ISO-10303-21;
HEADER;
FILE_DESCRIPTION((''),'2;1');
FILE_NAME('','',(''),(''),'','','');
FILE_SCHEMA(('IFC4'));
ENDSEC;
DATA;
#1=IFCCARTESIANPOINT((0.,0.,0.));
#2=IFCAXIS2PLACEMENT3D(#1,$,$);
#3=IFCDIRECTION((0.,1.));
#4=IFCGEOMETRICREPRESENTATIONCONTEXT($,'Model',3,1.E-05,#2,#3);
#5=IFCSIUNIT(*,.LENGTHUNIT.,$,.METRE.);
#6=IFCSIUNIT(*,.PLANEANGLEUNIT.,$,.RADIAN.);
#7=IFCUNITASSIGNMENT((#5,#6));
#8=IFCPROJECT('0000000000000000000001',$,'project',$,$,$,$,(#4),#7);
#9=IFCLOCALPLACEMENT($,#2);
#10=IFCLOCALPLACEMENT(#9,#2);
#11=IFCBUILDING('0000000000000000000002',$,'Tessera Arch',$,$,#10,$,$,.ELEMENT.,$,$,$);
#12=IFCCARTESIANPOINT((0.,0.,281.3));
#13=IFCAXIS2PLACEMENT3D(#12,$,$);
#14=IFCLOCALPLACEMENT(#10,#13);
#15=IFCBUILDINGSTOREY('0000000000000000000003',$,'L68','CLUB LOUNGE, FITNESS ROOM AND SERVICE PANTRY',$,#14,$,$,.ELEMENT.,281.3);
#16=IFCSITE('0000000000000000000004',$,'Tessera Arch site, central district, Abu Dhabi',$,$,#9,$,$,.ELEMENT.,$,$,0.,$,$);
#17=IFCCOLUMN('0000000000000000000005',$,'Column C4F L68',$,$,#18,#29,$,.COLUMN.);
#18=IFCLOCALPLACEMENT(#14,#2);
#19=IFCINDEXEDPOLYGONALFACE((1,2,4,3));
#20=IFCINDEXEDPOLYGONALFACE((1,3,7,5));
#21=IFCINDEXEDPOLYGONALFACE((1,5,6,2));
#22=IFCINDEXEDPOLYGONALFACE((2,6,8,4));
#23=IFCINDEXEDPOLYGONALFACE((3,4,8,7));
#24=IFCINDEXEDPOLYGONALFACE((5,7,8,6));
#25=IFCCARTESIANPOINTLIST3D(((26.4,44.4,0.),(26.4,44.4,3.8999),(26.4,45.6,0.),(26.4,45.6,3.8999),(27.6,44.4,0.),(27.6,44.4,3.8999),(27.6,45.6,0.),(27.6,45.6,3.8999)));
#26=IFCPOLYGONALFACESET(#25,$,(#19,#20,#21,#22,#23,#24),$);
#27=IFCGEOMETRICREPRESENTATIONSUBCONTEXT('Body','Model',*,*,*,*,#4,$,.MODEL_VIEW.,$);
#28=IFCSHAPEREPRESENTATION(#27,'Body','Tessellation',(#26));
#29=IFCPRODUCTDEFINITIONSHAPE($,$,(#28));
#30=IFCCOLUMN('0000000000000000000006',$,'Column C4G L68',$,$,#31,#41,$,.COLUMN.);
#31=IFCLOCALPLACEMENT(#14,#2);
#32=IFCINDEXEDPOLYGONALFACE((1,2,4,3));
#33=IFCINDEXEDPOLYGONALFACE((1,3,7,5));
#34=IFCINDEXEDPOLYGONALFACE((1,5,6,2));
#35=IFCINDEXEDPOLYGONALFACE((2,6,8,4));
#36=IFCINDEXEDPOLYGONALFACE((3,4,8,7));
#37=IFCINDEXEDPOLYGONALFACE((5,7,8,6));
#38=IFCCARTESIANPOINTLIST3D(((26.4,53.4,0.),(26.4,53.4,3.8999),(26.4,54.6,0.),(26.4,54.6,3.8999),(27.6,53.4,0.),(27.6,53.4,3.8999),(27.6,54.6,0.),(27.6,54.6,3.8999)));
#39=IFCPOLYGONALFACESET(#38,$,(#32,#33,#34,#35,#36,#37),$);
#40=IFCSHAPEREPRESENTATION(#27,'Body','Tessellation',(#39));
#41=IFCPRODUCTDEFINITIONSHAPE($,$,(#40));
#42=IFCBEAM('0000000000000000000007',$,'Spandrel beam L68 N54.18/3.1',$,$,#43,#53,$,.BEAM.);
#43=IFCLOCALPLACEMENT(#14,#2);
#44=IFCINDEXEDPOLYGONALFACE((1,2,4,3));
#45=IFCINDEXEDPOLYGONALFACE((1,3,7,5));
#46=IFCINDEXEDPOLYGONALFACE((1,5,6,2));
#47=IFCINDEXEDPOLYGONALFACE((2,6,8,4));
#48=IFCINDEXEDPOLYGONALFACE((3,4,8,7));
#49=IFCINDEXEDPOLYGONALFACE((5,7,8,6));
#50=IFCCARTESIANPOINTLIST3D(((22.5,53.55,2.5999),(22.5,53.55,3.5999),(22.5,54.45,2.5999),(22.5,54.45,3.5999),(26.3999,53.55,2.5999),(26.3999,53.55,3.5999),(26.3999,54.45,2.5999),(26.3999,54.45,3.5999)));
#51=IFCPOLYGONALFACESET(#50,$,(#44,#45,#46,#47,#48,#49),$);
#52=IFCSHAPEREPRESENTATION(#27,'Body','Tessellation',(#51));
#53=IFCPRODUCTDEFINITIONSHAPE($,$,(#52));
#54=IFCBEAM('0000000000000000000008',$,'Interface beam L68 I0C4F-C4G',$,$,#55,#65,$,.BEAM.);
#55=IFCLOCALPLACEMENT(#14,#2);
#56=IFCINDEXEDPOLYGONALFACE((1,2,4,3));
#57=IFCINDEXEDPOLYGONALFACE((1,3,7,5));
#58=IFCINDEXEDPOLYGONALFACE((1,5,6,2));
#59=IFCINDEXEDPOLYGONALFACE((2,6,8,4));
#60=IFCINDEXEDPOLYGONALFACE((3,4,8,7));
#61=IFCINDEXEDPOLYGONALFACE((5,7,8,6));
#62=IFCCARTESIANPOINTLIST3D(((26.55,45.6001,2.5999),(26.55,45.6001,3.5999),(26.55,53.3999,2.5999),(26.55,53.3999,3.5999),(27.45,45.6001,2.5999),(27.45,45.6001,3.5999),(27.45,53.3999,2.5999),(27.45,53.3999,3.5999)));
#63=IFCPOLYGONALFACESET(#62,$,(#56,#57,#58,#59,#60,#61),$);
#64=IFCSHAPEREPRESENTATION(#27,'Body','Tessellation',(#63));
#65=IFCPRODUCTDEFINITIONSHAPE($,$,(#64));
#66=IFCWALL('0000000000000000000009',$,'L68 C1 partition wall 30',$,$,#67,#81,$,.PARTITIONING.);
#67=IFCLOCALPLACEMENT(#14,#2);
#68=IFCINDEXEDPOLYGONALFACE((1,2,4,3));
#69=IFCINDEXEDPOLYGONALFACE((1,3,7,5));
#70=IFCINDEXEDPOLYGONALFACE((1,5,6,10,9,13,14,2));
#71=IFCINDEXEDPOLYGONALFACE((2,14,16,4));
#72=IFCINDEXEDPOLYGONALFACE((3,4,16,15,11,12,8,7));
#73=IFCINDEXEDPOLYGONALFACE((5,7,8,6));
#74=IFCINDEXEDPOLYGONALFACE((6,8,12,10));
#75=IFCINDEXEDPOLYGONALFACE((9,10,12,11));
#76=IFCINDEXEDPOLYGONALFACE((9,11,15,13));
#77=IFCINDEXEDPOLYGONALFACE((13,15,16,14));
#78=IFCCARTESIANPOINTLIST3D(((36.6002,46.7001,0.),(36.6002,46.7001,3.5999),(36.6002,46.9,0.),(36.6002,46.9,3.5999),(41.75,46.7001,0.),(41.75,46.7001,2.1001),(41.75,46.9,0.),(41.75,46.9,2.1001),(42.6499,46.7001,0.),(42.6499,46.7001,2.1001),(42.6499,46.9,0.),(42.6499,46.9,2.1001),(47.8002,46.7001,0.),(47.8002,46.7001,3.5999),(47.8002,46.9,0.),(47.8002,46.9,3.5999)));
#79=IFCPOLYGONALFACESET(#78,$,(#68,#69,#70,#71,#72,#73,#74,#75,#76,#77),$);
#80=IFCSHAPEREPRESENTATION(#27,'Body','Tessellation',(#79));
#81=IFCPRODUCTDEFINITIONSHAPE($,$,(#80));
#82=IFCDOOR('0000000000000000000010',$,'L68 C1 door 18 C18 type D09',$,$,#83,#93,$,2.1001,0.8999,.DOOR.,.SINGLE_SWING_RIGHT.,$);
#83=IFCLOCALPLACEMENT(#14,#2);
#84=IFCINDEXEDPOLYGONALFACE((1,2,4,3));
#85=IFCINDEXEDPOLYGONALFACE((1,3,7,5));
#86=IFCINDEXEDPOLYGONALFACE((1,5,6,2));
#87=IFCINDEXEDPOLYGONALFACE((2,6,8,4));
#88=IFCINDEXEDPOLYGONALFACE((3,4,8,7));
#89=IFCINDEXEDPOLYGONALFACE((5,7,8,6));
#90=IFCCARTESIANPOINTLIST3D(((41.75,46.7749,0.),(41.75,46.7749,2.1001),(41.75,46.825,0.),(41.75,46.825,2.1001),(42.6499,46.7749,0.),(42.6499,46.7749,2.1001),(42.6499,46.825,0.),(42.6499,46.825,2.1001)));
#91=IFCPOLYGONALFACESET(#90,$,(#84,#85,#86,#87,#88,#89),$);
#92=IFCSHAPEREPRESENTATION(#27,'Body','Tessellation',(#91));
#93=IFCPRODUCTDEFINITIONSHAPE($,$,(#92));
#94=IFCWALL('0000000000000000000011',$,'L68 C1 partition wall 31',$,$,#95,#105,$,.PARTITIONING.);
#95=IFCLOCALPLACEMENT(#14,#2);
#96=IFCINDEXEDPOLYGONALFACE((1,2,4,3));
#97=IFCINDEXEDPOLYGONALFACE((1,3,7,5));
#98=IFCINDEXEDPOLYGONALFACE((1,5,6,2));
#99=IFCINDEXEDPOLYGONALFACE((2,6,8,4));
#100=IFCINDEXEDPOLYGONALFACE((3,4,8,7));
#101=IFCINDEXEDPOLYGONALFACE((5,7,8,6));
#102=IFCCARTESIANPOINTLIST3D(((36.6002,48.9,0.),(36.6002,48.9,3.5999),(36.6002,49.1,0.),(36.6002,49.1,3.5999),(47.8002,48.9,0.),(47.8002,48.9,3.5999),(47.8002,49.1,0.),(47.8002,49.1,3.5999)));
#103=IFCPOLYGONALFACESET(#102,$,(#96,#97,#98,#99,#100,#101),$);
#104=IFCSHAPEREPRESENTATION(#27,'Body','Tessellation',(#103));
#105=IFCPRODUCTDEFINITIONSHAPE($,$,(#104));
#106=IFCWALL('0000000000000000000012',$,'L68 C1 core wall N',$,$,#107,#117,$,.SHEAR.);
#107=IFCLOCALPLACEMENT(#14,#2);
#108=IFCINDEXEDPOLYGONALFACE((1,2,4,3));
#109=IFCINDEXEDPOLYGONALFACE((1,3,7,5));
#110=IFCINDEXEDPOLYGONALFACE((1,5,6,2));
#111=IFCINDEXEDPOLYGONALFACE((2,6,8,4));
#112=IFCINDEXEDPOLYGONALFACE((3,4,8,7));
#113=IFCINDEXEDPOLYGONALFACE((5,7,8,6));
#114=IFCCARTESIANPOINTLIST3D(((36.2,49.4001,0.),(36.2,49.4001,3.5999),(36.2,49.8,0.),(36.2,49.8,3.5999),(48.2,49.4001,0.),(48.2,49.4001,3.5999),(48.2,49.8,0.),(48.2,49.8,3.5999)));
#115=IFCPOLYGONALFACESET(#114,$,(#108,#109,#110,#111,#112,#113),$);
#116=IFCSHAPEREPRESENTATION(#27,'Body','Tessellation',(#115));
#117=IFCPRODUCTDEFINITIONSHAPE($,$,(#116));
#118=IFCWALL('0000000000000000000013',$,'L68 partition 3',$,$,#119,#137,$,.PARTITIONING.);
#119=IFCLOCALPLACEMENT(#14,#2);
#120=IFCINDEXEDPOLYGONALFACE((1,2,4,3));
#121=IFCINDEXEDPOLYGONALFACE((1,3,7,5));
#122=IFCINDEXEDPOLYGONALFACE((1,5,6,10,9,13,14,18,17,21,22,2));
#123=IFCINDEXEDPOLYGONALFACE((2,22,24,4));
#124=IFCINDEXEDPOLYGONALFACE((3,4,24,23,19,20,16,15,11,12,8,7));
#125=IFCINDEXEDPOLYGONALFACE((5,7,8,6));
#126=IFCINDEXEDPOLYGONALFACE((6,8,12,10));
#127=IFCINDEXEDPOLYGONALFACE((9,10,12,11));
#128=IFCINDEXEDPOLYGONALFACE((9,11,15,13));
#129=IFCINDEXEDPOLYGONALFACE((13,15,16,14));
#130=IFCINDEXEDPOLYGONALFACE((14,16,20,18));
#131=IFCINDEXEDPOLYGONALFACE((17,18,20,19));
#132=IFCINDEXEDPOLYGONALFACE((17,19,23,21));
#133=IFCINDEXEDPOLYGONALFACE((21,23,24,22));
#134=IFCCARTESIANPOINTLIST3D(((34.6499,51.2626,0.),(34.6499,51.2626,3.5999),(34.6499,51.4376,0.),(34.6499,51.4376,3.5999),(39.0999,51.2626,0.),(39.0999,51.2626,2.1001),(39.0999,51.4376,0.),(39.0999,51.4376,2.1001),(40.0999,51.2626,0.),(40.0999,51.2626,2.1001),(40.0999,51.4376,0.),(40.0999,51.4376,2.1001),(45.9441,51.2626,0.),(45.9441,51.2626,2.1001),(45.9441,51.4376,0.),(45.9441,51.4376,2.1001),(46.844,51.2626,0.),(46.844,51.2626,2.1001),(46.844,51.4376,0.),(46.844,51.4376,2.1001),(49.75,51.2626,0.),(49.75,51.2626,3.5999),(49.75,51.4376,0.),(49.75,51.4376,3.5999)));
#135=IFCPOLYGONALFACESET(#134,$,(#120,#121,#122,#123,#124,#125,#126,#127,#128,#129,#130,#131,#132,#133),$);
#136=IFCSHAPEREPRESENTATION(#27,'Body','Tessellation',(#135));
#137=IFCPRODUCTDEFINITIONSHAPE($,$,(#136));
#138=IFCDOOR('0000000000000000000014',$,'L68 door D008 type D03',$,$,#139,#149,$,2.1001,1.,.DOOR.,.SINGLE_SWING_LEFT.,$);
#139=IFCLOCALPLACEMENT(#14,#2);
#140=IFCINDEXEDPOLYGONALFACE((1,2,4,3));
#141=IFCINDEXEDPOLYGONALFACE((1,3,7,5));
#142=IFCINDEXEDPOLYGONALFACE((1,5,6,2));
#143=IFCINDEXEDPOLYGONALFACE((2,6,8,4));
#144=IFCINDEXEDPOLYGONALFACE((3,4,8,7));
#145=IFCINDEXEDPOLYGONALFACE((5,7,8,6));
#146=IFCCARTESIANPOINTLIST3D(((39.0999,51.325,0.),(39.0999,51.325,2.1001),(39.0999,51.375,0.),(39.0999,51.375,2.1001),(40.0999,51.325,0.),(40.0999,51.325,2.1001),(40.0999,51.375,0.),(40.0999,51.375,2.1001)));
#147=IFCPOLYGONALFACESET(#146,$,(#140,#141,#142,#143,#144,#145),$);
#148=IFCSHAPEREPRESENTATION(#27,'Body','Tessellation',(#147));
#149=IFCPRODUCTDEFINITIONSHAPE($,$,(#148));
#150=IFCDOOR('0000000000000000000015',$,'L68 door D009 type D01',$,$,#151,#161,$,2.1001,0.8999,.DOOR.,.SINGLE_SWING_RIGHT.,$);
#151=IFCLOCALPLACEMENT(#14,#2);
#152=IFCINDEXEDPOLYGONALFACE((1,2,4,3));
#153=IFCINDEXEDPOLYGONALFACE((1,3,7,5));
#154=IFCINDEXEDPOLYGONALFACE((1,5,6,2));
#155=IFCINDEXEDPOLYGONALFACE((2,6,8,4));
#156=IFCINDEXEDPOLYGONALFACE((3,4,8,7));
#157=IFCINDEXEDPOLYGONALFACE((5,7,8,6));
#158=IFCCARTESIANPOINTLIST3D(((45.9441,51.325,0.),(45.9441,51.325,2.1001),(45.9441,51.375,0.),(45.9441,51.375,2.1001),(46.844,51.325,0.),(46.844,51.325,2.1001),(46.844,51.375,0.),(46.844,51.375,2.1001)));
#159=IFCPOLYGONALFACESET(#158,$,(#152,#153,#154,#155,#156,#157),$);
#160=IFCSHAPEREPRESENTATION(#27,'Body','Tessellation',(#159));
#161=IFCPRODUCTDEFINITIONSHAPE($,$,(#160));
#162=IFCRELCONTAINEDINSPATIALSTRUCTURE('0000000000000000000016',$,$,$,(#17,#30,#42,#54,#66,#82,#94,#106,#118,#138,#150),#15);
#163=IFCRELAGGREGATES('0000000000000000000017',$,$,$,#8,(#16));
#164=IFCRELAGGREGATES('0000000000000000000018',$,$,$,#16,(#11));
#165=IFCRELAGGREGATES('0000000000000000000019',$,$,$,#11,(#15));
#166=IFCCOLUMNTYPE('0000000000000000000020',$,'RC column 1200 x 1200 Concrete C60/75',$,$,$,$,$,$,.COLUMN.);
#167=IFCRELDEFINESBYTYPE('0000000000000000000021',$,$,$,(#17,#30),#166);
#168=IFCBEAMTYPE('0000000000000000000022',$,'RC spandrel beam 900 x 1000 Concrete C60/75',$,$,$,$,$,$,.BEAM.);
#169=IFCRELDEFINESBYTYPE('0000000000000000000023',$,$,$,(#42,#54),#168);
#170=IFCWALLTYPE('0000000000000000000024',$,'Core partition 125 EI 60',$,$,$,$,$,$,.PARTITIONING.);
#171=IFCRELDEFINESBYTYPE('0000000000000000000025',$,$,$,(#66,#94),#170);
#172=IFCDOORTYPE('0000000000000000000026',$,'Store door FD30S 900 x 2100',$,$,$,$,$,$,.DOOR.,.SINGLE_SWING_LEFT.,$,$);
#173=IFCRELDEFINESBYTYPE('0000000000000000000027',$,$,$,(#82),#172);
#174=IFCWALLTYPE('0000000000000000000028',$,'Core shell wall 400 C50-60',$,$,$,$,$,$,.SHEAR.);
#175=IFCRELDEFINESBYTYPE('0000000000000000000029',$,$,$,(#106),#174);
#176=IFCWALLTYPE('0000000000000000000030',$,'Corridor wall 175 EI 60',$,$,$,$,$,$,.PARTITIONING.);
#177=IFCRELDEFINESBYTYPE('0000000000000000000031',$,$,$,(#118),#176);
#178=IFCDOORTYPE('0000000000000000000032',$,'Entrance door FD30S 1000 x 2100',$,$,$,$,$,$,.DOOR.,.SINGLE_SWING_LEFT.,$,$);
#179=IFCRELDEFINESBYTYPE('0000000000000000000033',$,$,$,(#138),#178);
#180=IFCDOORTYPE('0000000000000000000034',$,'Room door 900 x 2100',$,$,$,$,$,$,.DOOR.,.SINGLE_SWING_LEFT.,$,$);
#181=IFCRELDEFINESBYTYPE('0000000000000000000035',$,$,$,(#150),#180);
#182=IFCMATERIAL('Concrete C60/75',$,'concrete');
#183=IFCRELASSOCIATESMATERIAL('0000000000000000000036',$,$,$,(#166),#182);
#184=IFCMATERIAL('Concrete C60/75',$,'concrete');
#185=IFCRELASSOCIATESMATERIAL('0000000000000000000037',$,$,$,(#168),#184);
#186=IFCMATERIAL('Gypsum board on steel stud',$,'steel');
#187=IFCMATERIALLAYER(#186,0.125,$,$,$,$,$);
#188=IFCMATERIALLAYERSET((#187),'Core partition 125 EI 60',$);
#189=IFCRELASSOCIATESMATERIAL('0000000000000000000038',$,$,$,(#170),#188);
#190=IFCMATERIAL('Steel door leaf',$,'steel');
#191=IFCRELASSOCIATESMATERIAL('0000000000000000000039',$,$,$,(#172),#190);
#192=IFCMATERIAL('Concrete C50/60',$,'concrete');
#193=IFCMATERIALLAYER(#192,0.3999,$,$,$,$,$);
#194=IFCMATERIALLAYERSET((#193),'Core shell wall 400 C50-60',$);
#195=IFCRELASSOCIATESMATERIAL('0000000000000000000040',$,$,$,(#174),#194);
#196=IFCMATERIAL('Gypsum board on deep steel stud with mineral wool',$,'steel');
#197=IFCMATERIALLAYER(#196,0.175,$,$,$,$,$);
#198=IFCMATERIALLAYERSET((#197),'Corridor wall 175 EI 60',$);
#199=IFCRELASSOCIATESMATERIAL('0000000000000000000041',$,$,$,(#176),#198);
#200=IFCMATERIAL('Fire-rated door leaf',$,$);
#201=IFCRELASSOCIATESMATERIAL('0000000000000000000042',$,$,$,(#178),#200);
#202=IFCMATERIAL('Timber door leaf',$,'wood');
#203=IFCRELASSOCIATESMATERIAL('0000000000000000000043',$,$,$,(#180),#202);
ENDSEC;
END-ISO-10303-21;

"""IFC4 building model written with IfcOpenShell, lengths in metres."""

from ifc_helpers import new_model, si_unit, direction, frame, frame_2d, origin, origin_2d, place, context, subcontext, project, spatial, rectangle, extrude, material, layer, layer_set, material_profile, profile_set, type_object, element, fill, save


model = new_model("IFC4")

# Units and contexts
model_context = context("Model", 3, precision=1e-05, world=origin(), true_north=direction((0.0, 1.0)))
body_context = subcontext(model_context, "Body", "Model", "MODEL_VIEW")
ifc_project = project(units=[si_unit("LENGTHUNIT", "METRE"), si_unit("PLANEANGLEUNIT", "RADIAN")], contexts=[model_context])

# Site, building, storey
site_placement = place(None, origin())
site = spatial("IfcSite", under=ifc_project, at=site_placement, Name="Tessera Arch site, central district, Abu Dhabi", CompositionType="ELEMENT", RefElevation=0.0)
building_placement = place(site_placement, origin())
building = spatial("IfcBuilding", under=site, at=building_placement, Name="Tessera Arch", CompositionType="ELEMENT")
storey_placement = place(building_placement, frame((0.0, 0.0, 281.3)))
storey = spatial("IfcBuildingStorey", under=building, at=storey_placement, Name="L68", Description="CLUB LOUNGE, FITNESS ROOM AND SERVICE PANTRY", CompositionType="ELEMENT", Elevation=281.3)

# Columns
ifc_material_1 = material(Name="Concrete C60/75", Category="concrete")
ifc_material_profile_1 = material_profile(ifc_material_1, rectangle(XDim=1.2, YDim=1.2, at=origin_2d()), Name="RC column 1200 x 1200 Concrete C60/75")
ifc_profile_set_1 = profile_set([ifc_material_profile_1], Name="Concrete C60/75")
column_type = type_object("IfcColumnType", Name="RC column 1200 x 1200 Concrete C60/75", PredefinedType="COLUMN", material=ifc_profile_set_1)
for number, where, z_axis, x_axis, name in (
    (1, (27.0, 45.0, 0.0), (0.0, 0.0, 1.0), (1.0, 0.0, 0.0), "Column C4F L68"),
    (2, (27.0, 54.0, 0.0), (0.0, 0.0, 1.0), (1.0, 0.0, 0.0), "Column C4G L68"),
):
    element("IfcColumn", number, at=place(storey_placement, frame(where, z_axis=z_axis, x_axis=x_axis)), inside=storey, type_object=column_type, Name=name, PredefinedType="COLUMN", context=body_context, shape_type="SweptSolid", body=[
        extrude(rectangle(XDim=1.2, YDim=1.2, at=origin_2d()), origin(), (0.0, 0.0, 1.0), 3.8999),
    ])

# Beams
ifc_material_2 = material(Name="Concrete C60/75", Category="concrete")
ifc_material_profile_2 = material_profile(ifc_material_2, rectangle(XDim=0.8999, YDim=1.0, at=origin_2d()), Name="RC spandrel beam 900 x 1000 Concrete C60/75")
ifc_profile_set_2 = profile_set([ifc_material_profile_2], Name="Concrete C60/75")
beam_type = type_object("IfcBeamType", Name="RC spandrel beam 900 x 1000 Concrete C60/75", PredefinedType="BEAM", material=ifc_profile_set_2)
beam_1_placement = place(storey_placement, frame((26.3999, 54.0, 3.0999), z_axis=(-1.0, 0.0, 0.0), x_axis=(0.0, -1.0, 0.0)))
element("IfcBeam", 3, at=beam_1_placement, inside=storey, type_object=beam_type, Name="Spandrel beam L68 N54.18/3.1", PredefinedType="BEAM", context=body_context, shape_type="SweptSolid", body=[
    extrude(rectangle(XDim=0.8999, YDim=1.0, at=origin_2d()), origin(), (0.0, 0.0, 1.0), 3.8999),
])
beam_2_placement = place(storey_placement, frame((27.0, 45.6001, 3.0999), z_axis=(0.0, 1.0, 0.0), x_axis=(-1.0, 0.0, 0.0)))
element("IfcBeam", 4, at=beam_2_placement, inside=storey, type_object=beam_type, Name="Interface beam L68 I0C4F-C4G", PredefinedType="BEAM", context=body_context, shape_type="SweptSolid", body=[
    extrude(rectangle(XDim=0.8999, YDim=1.0, at=origin_2d()), origin(), (0.0, 0.0, 1.0), 7.7998),
])

# Wall, opening, door
ifc_material_3 = material(Name="Gypsum board on steel stud", Category="steel")
ifc_layer_1 = layer(ifc_material_3, 0.125)
ifc_layer_set_1 = layer_set([ifc_layer_1], Name="Core partition 125 EI 60")
wall_type_1 = type_object("IfcWallType", Name="Core partition 125 EI 60", PredefinedType="PARTITIONING", material=ifc_layer_set_1)
wall_1_placement = place(storey_placement, frame((36.6001, 46.8, 0.0), z_axis=(0.0, 0.0, 1.0), x_axis=(1.0, 0.0, 0.0)))
wall_1 = element("IfcWall", 5, at=wall_1_placement, inside=storey, type_object=wall_type_1, Name="L68 C1 partition wall 30", PredefinedType="PARTITIONING", context=body_context, shape_type="SweptSolid", body=[
    extrude(rectangle(XDim=11.2, YDim=0.2, at=frame_2d((5.6001, 0.0))), origin(), (0.0, 0.0, 1.0), 3.5999),
])
opening_1_placement = place(wall_1_placement, frame((5.1499, 0.0, 0.0)))
opening_1 = element("IfcOpeningElement", 6, at=opening_1_placement, cuts=wall_1, PredefinedType="OPENING", context=body_context, shape_type="SweptSolid", body=[
    extrude(rectangle(XDim=0.8999, YDim=2.1001, at=frame_2d((0.45, 1.05))), frame((0.0, 0.1099, 0.0), z_axis=(0.0, -1.0, 0.0), x_axis=(1.0, 0.0, 0.0)), (0.0, 0.0, 1.0), 0.22),
])
ifc_material_4 = material(Name="Steel door leaf", Category="steel")
door_type_1 = type_object("IfcDoorType", Name="Store door FD30S 900 x 2100", OperationType="SINGLE_SWING_LEFT", PredefinedType="DOOR", material=ifc_material_4)
door_1_placement = place(opening_1_placement, origin())
door_1 = element("IfcDoor", 7, at=door_1_placement, inside=storey, type_object=door_type_1, Name="L68 C1 door 18 C18 type D09", OperationType="SINGLE_SWING_RIGHT", OverallHeight=2.1001, OverallWidth=0.8999, PredefinedType="DOOR", context=body_context, shape_type="SweptSolid", body=[
    extrude(rectangle(XDim=0.8999, YDim=2.1001, at=frame_2d((0.45, 1.05))), frame((0.0, 0.0249, 0.0), z_axis=(0.0, -1.0, 0.0), x_axis=(1.0, 0.0, 0.0)), (0.0, 0.0, 1.0), 0.05),
])
fill(opening_1, door_1)

# Walls
wall_2_placement = place(storey_placement, frame((36.6001, 49.0, 0.0), z_axis=(0.0, 0.0, 1.0), x_axis=(1.0, 0.0, 0.0)))
element("IfcWall", 8, at=wall_2_placement, inside=storey, type_object=wall_type_1, Name="L68 C1 partition wall 31", PredefinedType="PARTITIONING", context=body_context, shape_type="SweptSolid", body=[
    extrude(rectangle(XDim=11.2, YDim=0.2, at=frame_2d((5.6001, 0.0))), origin(), (0.0, 0.0, 1.0), 3.5999),
])
ifc_material_5 = material(Name="Concrete C50/60", Category="concrete")
ifc_layer_2 = layer(ifc_material_5, 0.3999)
ifc_layer_set_2 = layer_set([ifc_layer_2], Name="Core shell wall 400 C50-60")
wall_type_2 = type_object("IfcWallType", Name="Core shell wall 400 C50-60", PredefinedType="SHEAR", material=ifc_layer_set_2)
wall_3_placement = place(storey_placement, frame((36.2, 49.6001, 0.0), z_axis=(0.0, 0.0, 1.0), x_axis=(1.0, 0.0, 0.0)))
element("IfcWall", 9, at=wall_3_placement, inside=storey, type_object=wall_type_2, Name="L68 C1 core wall N", PredefinedType="SHEAR", context=body_context, shape_type="SweptSolid", body=[
    extrude(rectangle(XDim=12.0, YDim=0.3999, at=frame_2d((6.0, 0.0))), origin(), (0.0, 0.0, 1.0), 3.5999),
])

# Wall, openings, doors
ifc_material_6 = material(Name="Gypsum board on deep steel stud with mineral wool", Category="steel")
ifc_layer_3 = layer(ifc_material_6, 0.175)
ifc_layer_set_3 = layer_set([ifc_layer_3], Name="Corridor wall 175 EI 60")
wall_type_3 = type_object("IfcWallType", Name="Corridor wall 175 EI 60", PredefinedType="PARTITIONING", material=ifc_layer_set_3)
wall_4_placement = place(storey_placement, frame((34.6499, 51.3501, 0.0), z_axis=(0.0, 0.0, 1.0), x_axis=(1.0, 0.0, 0.0)))
wall_4 = element("IfcWall", 10, at=wall_4_placement, inside=storey, type_object=wall_type_3, Name="L68 partition 3", PredefinedType="PARTITIONING", context=body_context, shape_type="SweptSolid", body=[
    extrude(rectangle(XDim=15.1001, YDim=0.175, at=frame_2d((7.55, 0.0))), origin(), (0.0, 0.0, 1.0), 3.5999),
])
opening_2_placement = place(wall_4_placement, frame((4.45, 0.0, 0.0)))
opening_2 = element("IfcOpeningElement", 11, at=opening_2_placement, cuts=wall_4, PredefinedType="OPENING", context=body_context, shape_type="SweptSolid", body=[
    extrude(rectangle(XDim=1.0, YDim=2.1001, at=frame_2d((0.5, 1.05))), frame((0.0, 0.0974, 0.0), z_axis=(0.0, -1.0, 0.0), x_axis=(1.0, 0.0, 0.0)), (0.0, 0.0, 1.0), 0.1951),
])
opening_3_placement = place(wall_4_placement, frame((11.2942, 0.0, 0.0)))
opening_3 = element("IfcOpeningElement", 12, at=opening_3_placement, cuts=wall_4, PredefinedType="OPENING", context=body_context, shape_type="SweptSolid", body=[
    extrude(rectangle(XDim=0.8999, YDim=2.1001, at=frame_2d((0.45, 1.05))), frame((0.0, 0.0974, 0.0), z_axis=(0.0, -1.0, 0.0), x_axis=(1.0, 0.0, 0.0)), (0.0, 0.0, 1.0), 0.1951),
])
ifc_material_7 = material(Name="Fire-rated door leaf")
door_type_2 = type_object("IfcDoorType", Name="Entrance door FD30S 1000 x 2100", OperationType="SINGLE_SWING_LEFT", PredefinedType="DOOR", material=ifc_material_7)
door_2_placement = place(opening_2_placement, origin())
door_2 = element("IfcDoor", 13, at=door_2_placement, inside=storey, type_object=door_type_2, Name="L68 door D008 type D03", OperationType="SINGLE_SWING_LEFT", OverallHeight=2.1001, OverallWidth=1.0, PredefinedType="DOOR", context=body_context, shape_type="SweptSolid", body=[
    extrude(rectangle(XDim=1.0, YDim=2.1001, at=frame_2d((0.5, 1.05))), frame((0.0, 0.0249, 0.0), z_axis=(0.0, -1.0, 0.0), x_axis=(1.0, 0.0, 0.0)), (0.0, 0.0, 1.0), 0.05),
])
fill(opening_2, door_2)
ifc_material_8 = material(Name="Timber door leaf", Category="wood")
door_type_3 = type_object("IfcDoorType", Name="Room door 900 x 2100", OperationType="SINGLE_SWING_LEFT", PredefinedType="DOOR", material=ifc_material_8)
door_3_placement = place(opening_3_placement, origin())
door_3 = element("IfcDoor", 14, at=door_3_placement, inside=storey, type_object=door_type_3, Name="L68 door D009 type D01", OperationType="SINGLE_SWING_RIGHT", OverallHeight=2.1001, OverallWidth=0.8999, PredefinedType="DOOR", context=body_context, shape_type="SweptSolid", body=[
    extrude(rectangle(XDim=0.8999, YDim=2.1001, at=frame_2d((0.45, 1.05))), frame((0.0, 0.0249, 0.0), z_axis=(0.0, -1.0, 0.0), x_axis=(1.0, 0.0, 0.0)), (0.0, 0.0, 1.0), 0.05),
])
fill(opening_3, door_3)

save(model, "model.ifc")
